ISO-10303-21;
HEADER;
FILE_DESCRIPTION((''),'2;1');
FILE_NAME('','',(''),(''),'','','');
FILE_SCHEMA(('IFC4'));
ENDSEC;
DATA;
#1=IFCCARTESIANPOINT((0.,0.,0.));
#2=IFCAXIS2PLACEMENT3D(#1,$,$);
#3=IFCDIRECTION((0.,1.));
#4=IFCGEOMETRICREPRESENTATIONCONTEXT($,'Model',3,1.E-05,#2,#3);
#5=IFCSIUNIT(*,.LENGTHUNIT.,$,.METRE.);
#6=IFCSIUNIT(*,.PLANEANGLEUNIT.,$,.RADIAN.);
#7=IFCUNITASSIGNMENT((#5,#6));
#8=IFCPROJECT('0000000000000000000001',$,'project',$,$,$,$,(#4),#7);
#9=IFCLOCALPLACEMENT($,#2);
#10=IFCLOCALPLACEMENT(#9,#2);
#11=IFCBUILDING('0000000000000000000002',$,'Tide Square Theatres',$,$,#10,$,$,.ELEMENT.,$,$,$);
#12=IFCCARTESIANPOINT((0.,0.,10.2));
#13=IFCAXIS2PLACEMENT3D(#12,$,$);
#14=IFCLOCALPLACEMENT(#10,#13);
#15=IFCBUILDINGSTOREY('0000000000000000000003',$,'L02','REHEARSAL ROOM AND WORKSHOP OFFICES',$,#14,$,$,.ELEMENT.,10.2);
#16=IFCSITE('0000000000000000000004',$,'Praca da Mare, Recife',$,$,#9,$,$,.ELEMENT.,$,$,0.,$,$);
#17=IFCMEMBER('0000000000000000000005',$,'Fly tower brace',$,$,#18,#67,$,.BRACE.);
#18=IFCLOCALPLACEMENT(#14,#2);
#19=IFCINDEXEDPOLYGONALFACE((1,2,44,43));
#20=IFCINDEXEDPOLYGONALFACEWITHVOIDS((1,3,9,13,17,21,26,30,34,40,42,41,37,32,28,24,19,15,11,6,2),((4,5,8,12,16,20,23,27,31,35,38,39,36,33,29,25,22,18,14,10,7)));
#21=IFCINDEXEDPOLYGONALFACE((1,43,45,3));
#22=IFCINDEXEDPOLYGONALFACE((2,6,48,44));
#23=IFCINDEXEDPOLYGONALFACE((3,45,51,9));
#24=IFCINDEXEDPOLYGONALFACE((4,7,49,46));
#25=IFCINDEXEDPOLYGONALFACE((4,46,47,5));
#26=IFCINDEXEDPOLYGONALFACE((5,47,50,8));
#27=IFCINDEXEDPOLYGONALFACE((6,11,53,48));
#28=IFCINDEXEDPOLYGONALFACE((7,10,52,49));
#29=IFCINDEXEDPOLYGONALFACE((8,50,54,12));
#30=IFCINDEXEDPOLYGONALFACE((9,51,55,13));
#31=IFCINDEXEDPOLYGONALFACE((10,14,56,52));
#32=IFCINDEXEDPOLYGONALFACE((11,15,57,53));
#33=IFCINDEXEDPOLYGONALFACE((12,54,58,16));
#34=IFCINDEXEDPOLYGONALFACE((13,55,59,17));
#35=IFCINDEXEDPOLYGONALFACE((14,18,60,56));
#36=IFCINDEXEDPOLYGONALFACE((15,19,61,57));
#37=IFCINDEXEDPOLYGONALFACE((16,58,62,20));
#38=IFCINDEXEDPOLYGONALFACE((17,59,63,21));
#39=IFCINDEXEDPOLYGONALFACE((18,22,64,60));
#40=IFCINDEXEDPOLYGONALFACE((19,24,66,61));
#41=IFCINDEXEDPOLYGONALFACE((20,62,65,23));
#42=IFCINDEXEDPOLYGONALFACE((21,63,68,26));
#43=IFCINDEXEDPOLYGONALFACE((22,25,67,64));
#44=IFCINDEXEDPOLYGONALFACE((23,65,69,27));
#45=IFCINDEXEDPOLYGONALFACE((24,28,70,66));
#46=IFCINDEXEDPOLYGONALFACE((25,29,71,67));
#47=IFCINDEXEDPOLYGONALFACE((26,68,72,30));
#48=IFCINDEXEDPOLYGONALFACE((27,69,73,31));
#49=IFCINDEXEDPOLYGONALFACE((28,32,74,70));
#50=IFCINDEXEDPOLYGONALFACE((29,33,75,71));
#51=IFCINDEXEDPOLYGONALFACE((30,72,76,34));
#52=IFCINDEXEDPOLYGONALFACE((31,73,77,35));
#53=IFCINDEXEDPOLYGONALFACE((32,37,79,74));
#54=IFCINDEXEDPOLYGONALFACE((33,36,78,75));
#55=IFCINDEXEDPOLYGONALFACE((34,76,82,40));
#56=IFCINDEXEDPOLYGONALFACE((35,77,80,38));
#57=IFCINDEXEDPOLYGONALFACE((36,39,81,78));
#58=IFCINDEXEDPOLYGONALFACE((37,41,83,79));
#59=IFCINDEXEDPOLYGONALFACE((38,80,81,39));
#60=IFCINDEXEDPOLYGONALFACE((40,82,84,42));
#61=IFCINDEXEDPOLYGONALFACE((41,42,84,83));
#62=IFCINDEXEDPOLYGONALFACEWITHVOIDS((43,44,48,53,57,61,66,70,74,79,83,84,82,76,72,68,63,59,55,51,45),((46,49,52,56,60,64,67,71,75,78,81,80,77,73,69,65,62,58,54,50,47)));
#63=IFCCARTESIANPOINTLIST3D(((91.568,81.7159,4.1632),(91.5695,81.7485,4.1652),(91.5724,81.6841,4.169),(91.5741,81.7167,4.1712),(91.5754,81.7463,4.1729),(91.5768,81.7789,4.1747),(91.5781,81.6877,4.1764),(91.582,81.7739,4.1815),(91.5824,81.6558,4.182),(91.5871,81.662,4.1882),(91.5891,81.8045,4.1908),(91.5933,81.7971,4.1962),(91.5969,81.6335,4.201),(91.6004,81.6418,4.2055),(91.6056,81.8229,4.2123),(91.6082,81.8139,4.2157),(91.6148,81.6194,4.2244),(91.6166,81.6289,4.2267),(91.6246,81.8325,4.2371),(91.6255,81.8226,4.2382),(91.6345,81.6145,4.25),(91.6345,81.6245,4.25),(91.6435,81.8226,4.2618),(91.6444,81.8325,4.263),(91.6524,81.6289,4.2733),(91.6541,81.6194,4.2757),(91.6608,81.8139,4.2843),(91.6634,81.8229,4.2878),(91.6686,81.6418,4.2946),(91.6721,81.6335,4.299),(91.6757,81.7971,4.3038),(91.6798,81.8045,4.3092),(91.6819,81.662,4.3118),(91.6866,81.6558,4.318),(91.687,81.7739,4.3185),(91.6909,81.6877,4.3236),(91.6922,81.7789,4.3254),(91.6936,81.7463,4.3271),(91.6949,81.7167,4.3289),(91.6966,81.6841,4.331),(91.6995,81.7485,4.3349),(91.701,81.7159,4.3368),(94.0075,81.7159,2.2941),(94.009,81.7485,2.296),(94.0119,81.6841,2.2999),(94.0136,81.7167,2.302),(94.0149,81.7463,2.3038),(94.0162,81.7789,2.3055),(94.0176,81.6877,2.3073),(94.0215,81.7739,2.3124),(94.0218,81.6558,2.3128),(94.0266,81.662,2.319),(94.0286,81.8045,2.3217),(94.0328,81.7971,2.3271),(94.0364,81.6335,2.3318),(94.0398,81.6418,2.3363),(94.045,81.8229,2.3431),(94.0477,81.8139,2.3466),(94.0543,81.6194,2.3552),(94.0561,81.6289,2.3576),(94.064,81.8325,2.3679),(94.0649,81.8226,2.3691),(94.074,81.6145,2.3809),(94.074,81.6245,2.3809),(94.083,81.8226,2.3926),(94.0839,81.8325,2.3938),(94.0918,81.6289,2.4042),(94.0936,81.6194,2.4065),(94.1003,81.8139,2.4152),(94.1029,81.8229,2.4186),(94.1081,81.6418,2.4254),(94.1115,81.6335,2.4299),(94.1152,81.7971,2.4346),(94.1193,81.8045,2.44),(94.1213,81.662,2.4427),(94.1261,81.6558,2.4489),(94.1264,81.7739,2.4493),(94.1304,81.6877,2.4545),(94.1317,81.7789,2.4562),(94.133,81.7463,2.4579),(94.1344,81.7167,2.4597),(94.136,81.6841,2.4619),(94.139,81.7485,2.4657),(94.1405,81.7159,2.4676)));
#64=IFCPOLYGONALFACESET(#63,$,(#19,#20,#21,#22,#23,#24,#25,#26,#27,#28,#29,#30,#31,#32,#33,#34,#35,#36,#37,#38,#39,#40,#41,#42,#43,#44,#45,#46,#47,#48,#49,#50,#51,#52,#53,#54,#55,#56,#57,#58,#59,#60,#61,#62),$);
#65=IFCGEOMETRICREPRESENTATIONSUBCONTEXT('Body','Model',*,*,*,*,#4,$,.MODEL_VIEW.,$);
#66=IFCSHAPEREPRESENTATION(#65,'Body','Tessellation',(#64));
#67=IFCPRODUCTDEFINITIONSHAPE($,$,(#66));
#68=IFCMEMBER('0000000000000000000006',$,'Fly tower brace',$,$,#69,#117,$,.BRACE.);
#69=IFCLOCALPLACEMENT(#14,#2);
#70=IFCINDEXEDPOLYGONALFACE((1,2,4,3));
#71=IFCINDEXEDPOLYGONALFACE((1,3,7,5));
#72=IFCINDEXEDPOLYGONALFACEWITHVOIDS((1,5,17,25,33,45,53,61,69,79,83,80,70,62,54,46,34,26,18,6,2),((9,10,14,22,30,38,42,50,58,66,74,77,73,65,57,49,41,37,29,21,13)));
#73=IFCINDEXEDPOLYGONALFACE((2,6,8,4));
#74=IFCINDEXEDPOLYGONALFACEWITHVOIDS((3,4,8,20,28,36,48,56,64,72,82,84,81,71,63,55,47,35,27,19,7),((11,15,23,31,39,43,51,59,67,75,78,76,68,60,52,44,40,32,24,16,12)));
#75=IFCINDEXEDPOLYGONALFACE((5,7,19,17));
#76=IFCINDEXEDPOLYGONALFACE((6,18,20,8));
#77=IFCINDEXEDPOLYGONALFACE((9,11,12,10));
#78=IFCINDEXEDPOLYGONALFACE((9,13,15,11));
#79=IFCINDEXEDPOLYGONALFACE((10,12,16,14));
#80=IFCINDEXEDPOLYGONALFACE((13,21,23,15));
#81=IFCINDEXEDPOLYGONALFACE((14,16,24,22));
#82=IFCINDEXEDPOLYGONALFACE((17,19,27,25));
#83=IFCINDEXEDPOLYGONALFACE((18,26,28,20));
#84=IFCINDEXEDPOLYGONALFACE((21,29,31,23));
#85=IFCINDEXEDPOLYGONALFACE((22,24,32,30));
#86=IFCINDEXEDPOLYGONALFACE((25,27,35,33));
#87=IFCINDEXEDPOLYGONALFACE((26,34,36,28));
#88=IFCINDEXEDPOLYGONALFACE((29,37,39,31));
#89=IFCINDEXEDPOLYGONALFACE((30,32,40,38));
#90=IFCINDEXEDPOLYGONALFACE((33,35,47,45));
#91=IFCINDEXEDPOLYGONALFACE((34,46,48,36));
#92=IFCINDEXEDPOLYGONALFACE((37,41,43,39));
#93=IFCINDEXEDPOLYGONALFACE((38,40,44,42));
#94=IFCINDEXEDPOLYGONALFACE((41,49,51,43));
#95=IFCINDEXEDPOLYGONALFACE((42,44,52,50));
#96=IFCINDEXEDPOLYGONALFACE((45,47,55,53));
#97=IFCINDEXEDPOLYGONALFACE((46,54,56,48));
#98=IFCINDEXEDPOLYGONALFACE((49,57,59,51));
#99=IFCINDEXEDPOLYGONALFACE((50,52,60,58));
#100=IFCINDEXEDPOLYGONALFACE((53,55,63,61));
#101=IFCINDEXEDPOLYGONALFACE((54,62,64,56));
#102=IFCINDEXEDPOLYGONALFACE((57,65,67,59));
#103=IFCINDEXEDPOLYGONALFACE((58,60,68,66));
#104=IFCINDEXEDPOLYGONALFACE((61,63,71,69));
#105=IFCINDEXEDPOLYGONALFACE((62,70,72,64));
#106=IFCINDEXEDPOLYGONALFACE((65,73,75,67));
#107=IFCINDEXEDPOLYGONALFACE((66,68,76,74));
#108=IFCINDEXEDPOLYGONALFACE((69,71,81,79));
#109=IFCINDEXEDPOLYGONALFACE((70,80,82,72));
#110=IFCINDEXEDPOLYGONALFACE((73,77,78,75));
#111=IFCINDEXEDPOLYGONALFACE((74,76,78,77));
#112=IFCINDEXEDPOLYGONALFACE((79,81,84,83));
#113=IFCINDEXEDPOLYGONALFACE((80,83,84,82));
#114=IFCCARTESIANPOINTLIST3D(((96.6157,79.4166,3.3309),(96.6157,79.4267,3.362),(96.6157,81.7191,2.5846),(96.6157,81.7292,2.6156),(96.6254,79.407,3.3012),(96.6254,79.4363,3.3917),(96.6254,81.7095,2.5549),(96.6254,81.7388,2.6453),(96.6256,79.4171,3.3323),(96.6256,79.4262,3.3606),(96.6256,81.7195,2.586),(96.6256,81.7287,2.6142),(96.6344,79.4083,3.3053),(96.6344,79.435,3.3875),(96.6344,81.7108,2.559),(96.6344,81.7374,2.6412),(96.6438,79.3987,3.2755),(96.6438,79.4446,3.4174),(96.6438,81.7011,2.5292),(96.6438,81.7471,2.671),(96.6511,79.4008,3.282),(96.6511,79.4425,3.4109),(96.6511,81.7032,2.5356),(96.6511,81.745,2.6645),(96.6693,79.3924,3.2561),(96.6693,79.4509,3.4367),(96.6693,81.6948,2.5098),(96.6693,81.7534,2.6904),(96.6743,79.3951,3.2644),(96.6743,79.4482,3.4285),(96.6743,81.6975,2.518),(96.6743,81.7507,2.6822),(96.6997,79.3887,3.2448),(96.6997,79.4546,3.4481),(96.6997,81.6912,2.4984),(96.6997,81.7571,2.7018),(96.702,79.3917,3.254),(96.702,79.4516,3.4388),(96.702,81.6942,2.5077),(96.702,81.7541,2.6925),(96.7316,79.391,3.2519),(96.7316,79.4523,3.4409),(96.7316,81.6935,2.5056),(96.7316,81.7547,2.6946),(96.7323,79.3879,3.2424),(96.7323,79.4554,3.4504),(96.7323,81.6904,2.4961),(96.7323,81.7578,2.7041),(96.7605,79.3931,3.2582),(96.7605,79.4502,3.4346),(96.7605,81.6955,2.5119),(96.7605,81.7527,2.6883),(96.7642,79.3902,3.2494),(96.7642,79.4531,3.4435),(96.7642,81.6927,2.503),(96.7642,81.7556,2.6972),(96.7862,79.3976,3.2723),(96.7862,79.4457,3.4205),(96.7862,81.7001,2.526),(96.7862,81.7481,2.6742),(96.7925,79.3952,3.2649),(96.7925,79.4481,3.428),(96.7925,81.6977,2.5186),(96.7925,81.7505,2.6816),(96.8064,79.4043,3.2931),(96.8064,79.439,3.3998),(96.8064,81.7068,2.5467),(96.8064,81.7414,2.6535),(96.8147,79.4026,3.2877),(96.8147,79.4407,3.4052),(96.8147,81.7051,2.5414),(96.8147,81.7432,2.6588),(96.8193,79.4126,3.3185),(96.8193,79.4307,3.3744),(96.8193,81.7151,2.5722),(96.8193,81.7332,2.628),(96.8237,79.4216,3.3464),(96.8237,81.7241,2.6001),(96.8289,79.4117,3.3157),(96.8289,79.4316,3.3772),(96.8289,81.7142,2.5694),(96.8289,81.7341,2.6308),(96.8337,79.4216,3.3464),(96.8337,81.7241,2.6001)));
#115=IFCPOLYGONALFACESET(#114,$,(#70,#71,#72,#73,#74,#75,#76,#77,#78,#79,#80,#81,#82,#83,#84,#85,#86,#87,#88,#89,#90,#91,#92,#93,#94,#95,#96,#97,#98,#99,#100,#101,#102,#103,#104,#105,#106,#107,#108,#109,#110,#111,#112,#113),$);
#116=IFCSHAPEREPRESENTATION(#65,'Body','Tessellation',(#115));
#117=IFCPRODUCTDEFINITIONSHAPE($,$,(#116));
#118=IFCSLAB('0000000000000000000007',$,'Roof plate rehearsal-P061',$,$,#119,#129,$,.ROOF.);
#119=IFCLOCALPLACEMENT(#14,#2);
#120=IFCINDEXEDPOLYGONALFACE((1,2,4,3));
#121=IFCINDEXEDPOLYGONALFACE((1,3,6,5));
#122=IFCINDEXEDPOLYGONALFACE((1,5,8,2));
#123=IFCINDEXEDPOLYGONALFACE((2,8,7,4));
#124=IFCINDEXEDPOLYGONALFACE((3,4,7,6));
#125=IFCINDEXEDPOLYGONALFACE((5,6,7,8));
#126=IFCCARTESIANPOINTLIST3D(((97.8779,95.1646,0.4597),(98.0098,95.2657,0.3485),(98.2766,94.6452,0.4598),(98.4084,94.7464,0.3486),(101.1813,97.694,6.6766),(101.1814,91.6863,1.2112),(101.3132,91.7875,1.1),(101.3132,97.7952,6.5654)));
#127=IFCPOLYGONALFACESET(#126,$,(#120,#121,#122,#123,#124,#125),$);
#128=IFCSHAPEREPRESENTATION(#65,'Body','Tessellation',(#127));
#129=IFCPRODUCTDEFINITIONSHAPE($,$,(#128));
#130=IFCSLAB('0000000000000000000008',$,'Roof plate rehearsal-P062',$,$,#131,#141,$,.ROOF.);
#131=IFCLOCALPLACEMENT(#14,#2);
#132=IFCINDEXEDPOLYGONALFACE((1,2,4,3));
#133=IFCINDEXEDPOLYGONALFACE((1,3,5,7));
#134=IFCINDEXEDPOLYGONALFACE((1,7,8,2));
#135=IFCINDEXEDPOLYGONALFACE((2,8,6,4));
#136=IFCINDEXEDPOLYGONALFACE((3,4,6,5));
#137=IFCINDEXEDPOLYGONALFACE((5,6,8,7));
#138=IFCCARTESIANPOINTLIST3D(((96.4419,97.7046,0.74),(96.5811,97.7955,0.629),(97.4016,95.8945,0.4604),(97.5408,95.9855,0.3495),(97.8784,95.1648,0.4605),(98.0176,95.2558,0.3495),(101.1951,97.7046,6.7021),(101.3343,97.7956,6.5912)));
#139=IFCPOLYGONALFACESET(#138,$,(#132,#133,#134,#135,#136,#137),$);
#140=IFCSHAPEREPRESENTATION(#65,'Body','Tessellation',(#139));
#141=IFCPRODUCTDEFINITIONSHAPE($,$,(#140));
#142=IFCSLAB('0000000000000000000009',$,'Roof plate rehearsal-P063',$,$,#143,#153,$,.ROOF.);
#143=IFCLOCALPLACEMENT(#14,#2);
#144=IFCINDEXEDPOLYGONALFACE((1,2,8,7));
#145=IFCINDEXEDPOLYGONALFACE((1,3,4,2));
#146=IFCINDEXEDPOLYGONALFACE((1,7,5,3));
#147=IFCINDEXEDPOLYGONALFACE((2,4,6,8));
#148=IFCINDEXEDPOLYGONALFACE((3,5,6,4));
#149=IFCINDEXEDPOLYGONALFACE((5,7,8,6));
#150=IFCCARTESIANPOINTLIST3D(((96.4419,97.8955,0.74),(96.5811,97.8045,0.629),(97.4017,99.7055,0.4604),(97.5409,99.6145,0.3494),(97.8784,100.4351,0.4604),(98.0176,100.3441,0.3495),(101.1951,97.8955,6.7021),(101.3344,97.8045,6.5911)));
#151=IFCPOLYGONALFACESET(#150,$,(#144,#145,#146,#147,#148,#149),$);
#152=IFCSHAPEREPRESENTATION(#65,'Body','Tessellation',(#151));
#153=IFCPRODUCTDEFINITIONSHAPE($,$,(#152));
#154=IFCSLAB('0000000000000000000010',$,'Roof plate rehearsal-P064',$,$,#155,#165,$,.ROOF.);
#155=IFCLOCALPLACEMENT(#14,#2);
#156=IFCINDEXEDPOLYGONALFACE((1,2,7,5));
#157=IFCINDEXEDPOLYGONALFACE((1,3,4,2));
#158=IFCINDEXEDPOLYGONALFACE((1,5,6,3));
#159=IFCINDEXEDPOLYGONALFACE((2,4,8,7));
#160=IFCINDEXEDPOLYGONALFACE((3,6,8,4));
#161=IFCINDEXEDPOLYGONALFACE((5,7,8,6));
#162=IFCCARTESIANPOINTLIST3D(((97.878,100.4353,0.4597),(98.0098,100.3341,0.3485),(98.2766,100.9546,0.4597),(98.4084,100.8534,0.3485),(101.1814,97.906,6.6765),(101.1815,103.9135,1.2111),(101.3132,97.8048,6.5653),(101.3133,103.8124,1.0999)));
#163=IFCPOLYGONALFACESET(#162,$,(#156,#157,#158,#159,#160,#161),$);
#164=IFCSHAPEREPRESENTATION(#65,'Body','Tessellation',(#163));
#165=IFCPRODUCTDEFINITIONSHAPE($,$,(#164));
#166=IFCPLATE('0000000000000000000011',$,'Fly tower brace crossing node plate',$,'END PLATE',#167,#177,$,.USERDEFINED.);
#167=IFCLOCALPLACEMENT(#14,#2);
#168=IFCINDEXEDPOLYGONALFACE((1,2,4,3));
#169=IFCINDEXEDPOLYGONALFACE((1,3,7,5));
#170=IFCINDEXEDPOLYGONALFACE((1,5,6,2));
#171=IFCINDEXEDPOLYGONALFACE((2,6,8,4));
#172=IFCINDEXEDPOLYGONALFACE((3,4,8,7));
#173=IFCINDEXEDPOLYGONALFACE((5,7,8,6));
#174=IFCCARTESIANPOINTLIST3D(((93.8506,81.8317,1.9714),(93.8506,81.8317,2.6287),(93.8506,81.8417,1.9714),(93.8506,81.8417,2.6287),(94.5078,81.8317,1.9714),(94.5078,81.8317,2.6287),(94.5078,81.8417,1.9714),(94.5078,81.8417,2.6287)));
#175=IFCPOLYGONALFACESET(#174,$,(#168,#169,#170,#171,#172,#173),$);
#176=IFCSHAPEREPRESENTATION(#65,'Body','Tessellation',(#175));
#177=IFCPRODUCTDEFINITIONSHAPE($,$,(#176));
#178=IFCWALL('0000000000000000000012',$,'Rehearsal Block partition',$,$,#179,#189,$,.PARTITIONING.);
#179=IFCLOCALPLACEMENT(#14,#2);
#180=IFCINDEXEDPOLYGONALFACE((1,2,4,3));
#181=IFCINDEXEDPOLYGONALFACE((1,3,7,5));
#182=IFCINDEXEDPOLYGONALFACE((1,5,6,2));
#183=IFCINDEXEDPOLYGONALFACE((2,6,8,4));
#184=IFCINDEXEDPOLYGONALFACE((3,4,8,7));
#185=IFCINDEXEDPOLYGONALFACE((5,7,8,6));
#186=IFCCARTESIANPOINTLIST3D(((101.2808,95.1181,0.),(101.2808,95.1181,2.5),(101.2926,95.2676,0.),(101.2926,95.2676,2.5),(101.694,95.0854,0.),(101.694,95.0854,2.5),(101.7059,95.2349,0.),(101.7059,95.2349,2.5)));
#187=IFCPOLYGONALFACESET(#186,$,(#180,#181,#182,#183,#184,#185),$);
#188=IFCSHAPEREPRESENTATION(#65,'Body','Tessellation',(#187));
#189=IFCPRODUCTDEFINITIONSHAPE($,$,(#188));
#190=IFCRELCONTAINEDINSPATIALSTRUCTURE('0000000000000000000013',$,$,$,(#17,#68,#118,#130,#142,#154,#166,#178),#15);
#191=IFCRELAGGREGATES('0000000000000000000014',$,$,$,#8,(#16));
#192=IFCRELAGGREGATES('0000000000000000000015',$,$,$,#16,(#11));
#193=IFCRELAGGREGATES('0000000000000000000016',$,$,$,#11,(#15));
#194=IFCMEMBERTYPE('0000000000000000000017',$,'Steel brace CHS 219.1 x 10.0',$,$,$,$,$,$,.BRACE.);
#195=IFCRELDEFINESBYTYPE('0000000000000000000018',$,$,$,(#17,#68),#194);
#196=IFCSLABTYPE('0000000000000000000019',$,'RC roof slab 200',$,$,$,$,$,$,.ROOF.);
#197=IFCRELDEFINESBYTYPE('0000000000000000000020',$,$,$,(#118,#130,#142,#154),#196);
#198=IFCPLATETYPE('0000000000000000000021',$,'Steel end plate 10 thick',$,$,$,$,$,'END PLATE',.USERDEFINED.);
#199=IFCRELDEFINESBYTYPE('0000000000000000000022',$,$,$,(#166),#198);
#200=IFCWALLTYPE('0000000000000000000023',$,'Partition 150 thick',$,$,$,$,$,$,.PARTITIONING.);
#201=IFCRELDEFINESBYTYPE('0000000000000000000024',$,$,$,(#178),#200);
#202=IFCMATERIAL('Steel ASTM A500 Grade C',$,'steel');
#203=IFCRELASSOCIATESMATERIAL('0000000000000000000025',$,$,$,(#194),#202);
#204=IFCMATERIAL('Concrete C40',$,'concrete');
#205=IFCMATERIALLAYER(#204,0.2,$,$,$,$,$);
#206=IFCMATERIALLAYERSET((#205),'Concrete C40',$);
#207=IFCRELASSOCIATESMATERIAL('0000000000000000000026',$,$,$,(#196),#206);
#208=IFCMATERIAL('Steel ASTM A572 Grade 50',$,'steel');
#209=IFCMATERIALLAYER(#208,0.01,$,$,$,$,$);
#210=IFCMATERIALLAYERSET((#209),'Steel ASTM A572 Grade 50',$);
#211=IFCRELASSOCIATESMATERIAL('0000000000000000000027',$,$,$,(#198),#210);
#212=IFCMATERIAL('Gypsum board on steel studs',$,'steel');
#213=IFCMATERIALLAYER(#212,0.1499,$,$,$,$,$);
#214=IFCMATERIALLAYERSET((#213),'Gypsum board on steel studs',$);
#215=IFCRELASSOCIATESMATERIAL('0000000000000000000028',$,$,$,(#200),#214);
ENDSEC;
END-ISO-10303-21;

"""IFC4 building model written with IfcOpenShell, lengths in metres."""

from ifc_helpers import new_model, si_unit, direction, frame, frame_2d, origin, origin_2d, place, context, subcontext, project, spatial, polyline, rectangle, hollow_circle, outline, extrude, material, layer, layer_set, material_profile, profile_set, type_object, element, save


model = new_model("IFC4")

# Units and contexts
model_context = context("Model", 3, precision=1e-05, world=origin(), true_north=direction((0.0, 1.0)))
body_context = subcontext(model_context, "Body", "Model", "MODEL_VIEW")
ifc_project = project(units=[si_unit("LENGTHUNIT", "METRE"), si_unit("PLANEANGLEUNIT", "RADIAN")], contexts=[model_context])

# Site, building, storey
site_placement = place(None, origin())
site = spatial("IfcSite", under=ifc_project, at=site_placement, Name="Praca da Mare, Recife", CompositionType="ELEMENT", RefElevation=0.0)
building_placement = place(site_placement, origin())
building = spatial("IfcBuilding", under=site, at=building_placement, Name="Tide Square Theatres", CompositionType="ELEMENT")
storey_placement = place(building_placement, frame((0.0, 0.0, 10.2)))
storey = spatial("IfcBuildingStorey", under=building, at=storey_placement, Name="L02", Description="REHEARSAL ROOM AND WORKSHOP OFFICES", CompositionType="ELEMENT", Elevation=10.2)

# Members
ifc_material_1 = material(Name="Steel ASTM A500 Grade C", Category="steel")
ifc_material_profile_1 = material_profile(ifc_material_1, hollow_circle(Radius=0.1096, WallThickness=0.01, at=origin_2d()))
ifc_profile_set_1 = profile_set([ifc_material_profile_1], Name="Steel ASTM A500 Grade C")
member_type = type_object("IfcMemberType", Name="Steel brace CHS 219.1 x 10.0", PredefinedType="BRACE", material=ifc_profile_set_1)
member_1_placement = place(storey_placement, frame((94.074, 81.7241, 2.3809), z_axis=(-0.79378, 0.0, 0.608205), x_axis=(0.0, -1.0, 0.0)))
element("IfcMember", 1, at=member_1_placement, inside=storey, type_object=member_type, Name="Fly tower brace", PredefinedType="BRACE", context=body_context, shape_type="SweptSolid", body=[
    extrude(hollow_circle(Radius=0.1096, WallThickness=0.01, at=origin_2d()), origin(), (0.0, 0.0, 1.0), 3.0732),
])
member_2_placement = place(storey_placement, frame((96.7241, 81.7241, 2.6001), z_axis=(0.0, -0.951273, 0.308349), x_axis=(1.0, 0.0, 0.0)))
element("IfcMember", 2, at=member_2_placement, inside=storey, type_object=member_type, Name="Fly tower brace", PredefinedType="BRACE", context=body_context, shape_type="SweptSolid", body=[
    extrude(hollow_circle(Radius=0.1096, WallThickness=0.01, at=origin_2d()), origin(), (0.0, 0.0, 1.0), 2.4204),
])

# Slabs
ifc_material_2 = material(Name="Concrete C40", Category="concrete")
ifc_layer_1 = layer(ifc_material_2, 0.2)
ifc_layer_set_1 = layer_set([ifc_layer_1], Name="Concrete C40")
slab_type = type_object("IfcSlabType", Name="RC roof slab 200", PredefinedType="ROOF", material=ifc_layer_set_1)
slab_1_placement = place(storey_placement, frame((97.8779, 95.1646, 0.4597), z_axis=(-0.659274, -0.50598, 0.556186), x_axis=(0.608879, -0.793263, 0.000078)))
element("IfcSlab", 3, at=slab_1_placement, inside=storey, type_object=slab_type, Name="Roof plate rehearsal-P061", PredefinedType="ROOF", context=body_context, shape_type="SweptSolid", body=[
    extrude(outline(polyline([(0.0, 0.0), (0.6547, 0.0), (4.7707, 0.9038), (0.0053, 7.4806), (0.0, 0.0)])), origin(), (0.0, 0.0, -1.0), 0.2),
])
slab_2_placement = place(storey_placement, frame((97.4016, 95.8945, 0.4604), z_axis=(-0.69632, -0.454943, 0.555127), x_axis=(0.546968, -0.837154, 0.000014)))
element("IfcSlab", 4, at=slab_2_placement, inside=storey, type_object=slab_type, Name="Roof plate rehearsal-P062", PredefinedType="ROOF", context=body_context, shape_type="SweptSolid", body=[
    extrude(outline(polyline([(0.0, 0.0), (0.8717, 0.0), (0.5597, 7.5041), (-2.0402, 0.3361), (0.0, 0.0)])), origin(), (0.0, 0.0, -1.0), 0.2),
])
slab_3_placement = place(storey_placement, frame((97.8784, 100.4351, 0.4604), z_axis=(-0.696301, 0.454975, 0.555124), x_axis=(-0.547034, -0.837111, -0.000064)))
element("IfcSlab", 5, at=slab_3_placement, inside=storey, type_object=slab_type, Name="Roof plate rehearsal-P063", PredefinedType="ROOF", context=body_context, shape_type="SweptSolid", body=[
    extrude(outline(polyline([(0.0, 0.0), (0.8715, 0.0), (2.9117, 0.3363), (0.3112, 7.5041), (0.0, 0.0)])), origin(), (0.0, 0.0, -1.0), 0.2),
])
slab_4_placement = place(storey_placement, frame((98.2766, 100.9546, 0.4597), z_axis=(-0.659279, 0.505988, 0.556172), x_axis=(-0.608881, -0.793261, -0.000076)))
element("IfcSlab", 6, at=slab_4_placement, inside=storey, type_object=slab_type, Name="Roof plate rehearsal-P064", PredefinedType="ROOF", context=body_context, shape_type="SweptSolid", body=[
    extrude(outline(polyline([(0.0, 0.0), (0.6547, 0.0), (0.6492, 7.4806), (-4.116, 0.9038), (0.0, 0.0)])), origin(), (0.0, 0.0, -1.0), 0.2),
])

# Plate
ifc_material_3 = material(Name="Steel ASTM A572 Grade 50", Category="steel")
ifc_layer_2 = layer(ifc_material_3, 0.01)
ifc_layer_set_2 = layer_set([ifc_layer_2], Name="Steel ASTM A572 Grade 50")
plate_type = type_object("IfcPlateType", Name="Steel end plate 10 thick", ElementType="END PLATE", PredefinedType="USERDEFINED", material=ifc_layer_set_2)
plate_placement = place(storey_placement, frame((94.1792, 81.8367, 1.9714), z_axis=(0.0, 0.0, 1.0), x_axis=(0.0, 1.0, 0.0)))
element("IfcPlate", 7, at=plate_placement, inside=storey, type_object=plate_type, Name="Fly tower brace crossing node plate", ObjectType="END PLATE", PredefinedType="USERDEFINED", context=body_context, shape_type="SweptSolid", body=[
    extrude(rectangle(XDim=0.01, YDim=0.6572, at=origin_2d()), origin(), (0.0, 0.0, 1.0), 0.6572),
])

# Wall
ifc_material_4 = material(Name="Gypsum board on steel studs", Category="steel")
ifc_layer_3 = layer(ifc_material_4, 0.1499)
ifc_layer_set_3 = layer_set([ifc_layer_3], Name="Gypsum board on steel studs")
wall_type_1 = type_object("IfcWallType", Name="Partition 150 thick", PredefinedType="PARTITIONING", material=ifc_layer_set_3)
wall_1_placement = place(storey_placement, frame((101.7, 95.1602, 0.0), z_axis=(0.0, 0.0, 1.0), x_axis=(-0.996882, 0.078903, 0.0)))
element("IfcWall", 8, at=wall_1_placement, inside=storey, type_object=wall_type_1, Name="Rehearsal Block partition", PredefinedType="PARTITIONING", context=body_context, shape_type="SweptSolid", body=[
    extrude(rectangle(XDim=0.4146, YDim=0.1499, at=frame_2d((0.2073, 0.0))), origin(), (0.0, 0.0, 1.0), 2.5),
])

save(model, "model.ifc")
